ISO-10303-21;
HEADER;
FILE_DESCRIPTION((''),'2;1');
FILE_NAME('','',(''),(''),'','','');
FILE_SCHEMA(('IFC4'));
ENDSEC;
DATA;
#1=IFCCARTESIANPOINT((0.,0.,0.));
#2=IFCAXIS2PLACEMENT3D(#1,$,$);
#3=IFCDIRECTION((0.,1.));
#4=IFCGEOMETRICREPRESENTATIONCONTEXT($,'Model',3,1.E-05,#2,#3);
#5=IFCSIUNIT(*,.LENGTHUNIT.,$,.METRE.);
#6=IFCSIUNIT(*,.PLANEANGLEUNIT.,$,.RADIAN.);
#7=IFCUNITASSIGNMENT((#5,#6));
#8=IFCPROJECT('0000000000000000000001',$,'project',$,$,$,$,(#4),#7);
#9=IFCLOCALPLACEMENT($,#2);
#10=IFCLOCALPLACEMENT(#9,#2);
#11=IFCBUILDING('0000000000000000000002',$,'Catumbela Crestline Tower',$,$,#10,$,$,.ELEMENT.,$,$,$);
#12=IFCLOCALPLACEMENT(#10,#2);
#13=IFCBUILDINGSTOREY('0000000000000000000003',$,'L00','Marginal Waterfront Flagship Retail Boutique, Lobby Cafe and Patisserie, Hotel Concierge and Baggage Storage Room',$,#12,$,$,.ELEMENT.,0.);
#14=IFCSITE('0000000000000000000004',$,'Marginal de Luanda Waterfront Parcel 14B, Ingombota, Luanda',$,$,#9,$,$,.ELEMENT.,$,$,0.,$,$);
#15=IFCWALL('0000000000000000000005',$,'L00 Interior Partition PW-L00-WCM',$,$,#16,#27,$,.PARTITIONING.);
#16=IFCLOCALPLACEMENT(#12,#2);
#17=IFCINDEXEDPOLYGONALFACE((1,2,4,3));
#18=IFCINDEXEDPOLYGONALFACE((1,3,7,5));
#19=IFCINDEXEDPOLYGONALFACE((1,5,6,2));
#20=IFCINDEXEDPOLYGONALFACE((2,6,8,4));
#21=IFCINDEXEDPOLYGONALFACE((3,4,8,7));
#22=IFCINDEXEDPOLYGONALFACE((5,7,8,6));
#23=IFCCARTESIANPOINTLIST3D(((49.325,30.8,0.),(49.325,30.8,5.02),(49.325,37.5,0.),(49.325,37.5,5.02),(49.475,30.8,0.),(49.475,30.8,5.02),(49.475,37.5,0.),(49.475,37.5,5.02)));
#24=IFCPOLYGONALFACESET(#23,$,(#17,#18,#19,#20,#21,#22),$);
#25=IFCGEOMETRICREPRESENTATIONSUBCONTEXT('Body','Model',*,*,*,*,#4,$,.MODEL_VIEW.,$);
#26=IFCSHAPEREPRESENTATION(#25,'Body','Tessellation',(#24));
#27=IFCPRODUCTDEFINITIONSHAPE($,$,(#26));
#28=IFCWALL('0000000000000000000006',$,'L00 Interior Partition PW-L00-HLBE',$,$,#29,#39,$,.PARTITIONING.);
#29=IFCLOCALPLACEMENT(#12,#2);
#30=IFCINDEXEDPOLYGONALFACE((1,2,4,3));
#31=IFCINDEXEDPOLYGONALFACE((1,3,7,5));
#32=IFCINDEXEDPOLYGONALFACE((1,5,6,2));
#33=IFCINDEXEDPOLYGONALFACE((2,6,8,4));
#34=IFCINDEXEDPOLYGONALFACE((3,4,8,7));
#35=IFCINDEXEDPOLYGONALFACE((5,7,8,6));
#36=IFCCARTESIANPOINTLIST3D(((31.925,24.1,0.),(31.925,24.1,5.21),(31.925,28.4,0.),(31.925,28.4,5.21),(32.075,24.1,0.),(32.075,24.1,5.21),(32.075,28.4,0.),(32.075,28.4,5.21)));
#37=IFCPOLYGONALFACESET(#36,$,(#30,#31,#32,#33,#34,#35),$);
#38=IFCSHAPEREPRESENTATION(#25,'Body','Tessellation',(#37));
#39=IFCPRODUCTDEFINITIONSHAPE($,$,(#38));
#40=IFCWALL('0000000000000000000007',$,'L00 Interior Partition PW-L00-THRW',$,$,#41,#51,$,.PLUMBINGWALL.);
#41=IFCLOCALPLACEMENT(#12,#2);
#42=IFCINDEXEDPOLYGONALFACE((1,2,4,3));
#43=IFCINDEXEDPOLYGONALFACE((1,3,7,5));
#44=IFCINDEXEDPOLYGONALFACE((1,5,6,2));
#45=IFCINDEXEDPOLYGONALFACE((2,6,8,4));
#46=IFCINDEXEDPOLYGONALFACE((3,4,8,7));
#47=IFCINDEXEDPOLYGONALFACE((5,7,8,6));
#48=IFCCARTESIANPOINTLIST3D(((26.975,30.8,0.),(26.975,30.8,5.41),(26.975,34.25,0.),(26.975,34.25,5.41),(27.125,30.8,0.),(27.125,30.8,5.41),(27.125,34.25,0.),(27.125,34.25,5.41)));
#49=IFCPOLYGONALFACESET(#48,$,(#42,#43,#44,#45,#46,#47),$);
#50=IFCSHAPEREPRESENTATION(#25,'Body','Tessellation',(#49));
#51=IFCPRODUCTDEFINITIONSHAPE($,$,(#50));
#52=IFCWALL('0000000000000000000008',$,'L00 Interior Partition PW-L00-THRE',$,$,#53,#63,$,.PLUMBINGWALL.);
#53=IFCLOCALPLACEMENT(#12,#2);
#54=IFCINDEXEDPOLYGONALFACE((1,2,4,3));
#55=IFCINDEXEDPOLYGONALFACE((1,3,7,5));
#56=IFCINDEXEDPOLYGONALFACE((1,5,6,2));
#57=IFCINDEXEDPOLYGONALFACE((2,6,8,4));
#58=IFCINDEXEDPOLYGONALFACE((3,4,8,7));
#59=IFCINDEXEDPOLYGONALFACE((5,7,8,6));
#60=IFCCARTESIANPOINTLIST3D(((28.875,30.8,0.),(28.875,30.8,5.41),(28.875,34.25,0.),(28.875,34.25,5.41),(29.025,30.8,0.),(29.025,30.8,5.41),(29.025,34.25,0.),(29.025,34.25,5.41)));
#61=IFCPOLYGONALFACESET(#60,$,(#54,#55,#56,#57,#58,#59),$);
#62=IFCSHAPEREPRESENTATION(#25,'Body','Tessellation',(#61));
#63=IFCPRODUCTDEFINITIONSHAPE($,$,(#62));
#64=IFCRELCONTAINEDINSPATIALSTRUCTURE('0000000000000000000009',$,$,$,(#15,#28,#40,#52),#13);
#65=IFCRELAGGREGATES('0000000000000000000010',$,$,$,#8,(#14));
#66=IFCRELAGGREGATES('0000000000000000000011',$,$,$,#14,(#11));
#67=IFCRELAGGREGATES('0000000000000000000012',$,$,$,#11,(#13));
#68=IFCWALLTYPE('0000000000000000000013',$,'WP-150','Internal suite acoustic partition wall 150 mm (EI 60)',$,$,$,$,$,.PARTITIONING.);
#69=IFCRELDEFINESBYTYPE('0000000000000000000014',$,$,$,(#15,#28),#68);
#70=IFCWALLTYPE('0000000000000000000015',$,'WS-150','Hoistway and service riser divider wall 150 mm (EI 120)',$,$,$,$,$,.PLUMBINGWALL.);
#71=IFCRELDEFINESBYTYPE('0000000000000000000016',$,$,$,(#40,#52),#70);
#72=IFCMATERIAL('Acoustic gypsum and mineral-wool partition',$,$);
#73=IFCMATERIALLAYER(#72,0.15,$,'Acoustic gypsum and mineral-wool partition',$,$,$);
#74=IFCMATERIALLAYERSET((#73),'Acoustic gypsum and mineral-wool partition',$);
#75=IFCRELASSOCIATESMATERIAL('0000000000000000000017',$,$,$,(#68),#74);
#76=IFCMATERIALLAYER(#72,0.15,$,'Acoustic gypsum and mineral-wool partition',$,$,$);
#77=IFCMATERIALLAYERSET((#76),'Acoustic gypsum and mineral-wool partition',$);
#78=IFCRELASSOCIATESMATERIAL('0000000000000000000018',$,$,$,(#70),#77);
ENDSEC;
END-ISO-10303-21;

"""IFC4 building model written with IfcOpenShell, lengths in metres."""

from ifc_helpers import new_model, si_unit, direction, frame, frame_2d, origin, place, context, subcontext, project, spatial, rectangle, extrude, material, layer, layer_set, type_object, element, save


model = new_model("IFC4")

# Units and contexts
model_context = context("Model", 3, precision=1e-05, world=origin(), true_north=direction((0.0, 1.0)))
body_context = subcontext(model_context, "Body", "Model", "MODEL_VIEW")
ifc_project = project(units=[si_unit("LENGTHUNIT", "METRE"), si_unit("PLANEANGLEUNIT", "RADIAN")], contexts=[model_context])

# Site, building, storey
site_placement = place(None, origin())
site = spatial("IfcSite", under=ifc_project, at=site_placement, Name="Marginal de Luanda Waterfront Parcel 14B, Ingombota, Luanda", CompositionType="ELEMENT", RefElevation=0.0)
building_placement = place(site_placement, origin())
building = spatial("IfcBuilding", under=site, at=building_placement, Name="Catumbela Crestline Tower", CompositionType="ELEMENT")
storey_placement = place(building_placement, origin())
storey = spatial("IfcBuildingStorey", under=building, at=storey_placement, Name="L00", Description="Marginal Waterfront Flagship Retail Boutique, Lobby Cafe and Patisserie, Hotel Concierge and Baggage Storage Room", CompositionType="ELEMENT", Elevation=0.0)

# Shared definitions
ifc_material_1 = material(Name="Acoustic gypsum and mineral-wool partition")

# Walls
ifc_layer_1 = layer(ifc_material_1, 0.15, Name="Acoustic gypsum and mineral-wool partition")
ifc_layer_set_1 = layer_set([ifc_layer_1], Name="Acoustic gypsum and mineral-wool partition")
wall_type_1 = type_object("IfcWallType", Name="WP-150", Description="Internal suite acoustic partition wall 150 mm (EI 60)", PredefinedType="PARTITIONING", material=ifc_layer_set_1)
wall_1_placement = place(storey_placement, frame((49.4, 30.8, 0.0), z_axis=(0.0, 0.0, 1.0), x_axis=(0.0, 1.0, 0.0)))
element("IfcWall", 1, at=wall_1_placement, inside=storey, type_object=wall_type_1, Name="L00 Interior Partition PW-L00-WCM", PredefinedType="PARTITIONING", context=body_context, shape_type="SweptSolid", body=[
    extrude(rectangle(XDim=6.7, YDim=0.15, at=frame_2d((3.35, 0.0))), origin(), (0.0, 0.0, 1.0), 5.02),
])
wall_2_placement = place(storey_placement, frame((32.0, 24.1, 0.0), z_axis=(0.0, 0.0, 1.0), x_axis=(0.0, 1.0, 0.0)))
element("IfcWall", 2, at=wall_2_placement, inside=storey, type_object=wall_type_1, Name="L00 Interior Partition PW-L00-HLBE", PredefinedType="PARTITIONING", context=body_context, shape_type="SweptSolid", body=[
    extrude(rectangle(XDim=4.3, YDim=0.15, at=frame_2d((2.15, 0.0))), origin(), (0.0, 0.0, 1.0), 5.21),
])
ifc_layer_2 = layer(ifc_material_1, 0.15, Name="Acoustic gypsum and mineral-wool partition")
ifc_layer_set_2 = layer_set([ifc_layer_2], Name="Acoustic gypsum and mineral-wool partition")
wall_type_2 = type_object("IfcWallType", Name="WS-150", Description="Hoistway and service riser divider wall 150 mm (EI 120)", PredefinedType="PLUMBINGWALL", material=ifc_layer_set_2)
for number, where, z_axis, x_axis, name in (
    (3, (27.05, 30.8, 0.0), (0.0, 0.0, 1.0), (0.0, 1.0, 0.0), "L00 Interior Partition PW-L00-THRW"),
    (4, (28.95, 30.8, 0.0), (0.0, 0.0, 1.0), (0.0, 1.0, 0.0), "L00 Interior Partition PW-L00-THRE"),
):
    element("IfcWall", number, at=place(storey_placement, frame(where, z_axis=z_axis, x_axis=x_axis)), inside=storey, type_object=wall_type_2, Name=name, PredefinedType="PLUMBINGWALL", context=body_context, shape_type="SweptSolid", body=[
        extrude(rectangle(XDim=3.45, YDim=0.15, at=frame_2d((1.725, 0.0))), origin(), (0.0, 0.0, 1.0), 5.41),
    ])

save(model, "model.ifc")
